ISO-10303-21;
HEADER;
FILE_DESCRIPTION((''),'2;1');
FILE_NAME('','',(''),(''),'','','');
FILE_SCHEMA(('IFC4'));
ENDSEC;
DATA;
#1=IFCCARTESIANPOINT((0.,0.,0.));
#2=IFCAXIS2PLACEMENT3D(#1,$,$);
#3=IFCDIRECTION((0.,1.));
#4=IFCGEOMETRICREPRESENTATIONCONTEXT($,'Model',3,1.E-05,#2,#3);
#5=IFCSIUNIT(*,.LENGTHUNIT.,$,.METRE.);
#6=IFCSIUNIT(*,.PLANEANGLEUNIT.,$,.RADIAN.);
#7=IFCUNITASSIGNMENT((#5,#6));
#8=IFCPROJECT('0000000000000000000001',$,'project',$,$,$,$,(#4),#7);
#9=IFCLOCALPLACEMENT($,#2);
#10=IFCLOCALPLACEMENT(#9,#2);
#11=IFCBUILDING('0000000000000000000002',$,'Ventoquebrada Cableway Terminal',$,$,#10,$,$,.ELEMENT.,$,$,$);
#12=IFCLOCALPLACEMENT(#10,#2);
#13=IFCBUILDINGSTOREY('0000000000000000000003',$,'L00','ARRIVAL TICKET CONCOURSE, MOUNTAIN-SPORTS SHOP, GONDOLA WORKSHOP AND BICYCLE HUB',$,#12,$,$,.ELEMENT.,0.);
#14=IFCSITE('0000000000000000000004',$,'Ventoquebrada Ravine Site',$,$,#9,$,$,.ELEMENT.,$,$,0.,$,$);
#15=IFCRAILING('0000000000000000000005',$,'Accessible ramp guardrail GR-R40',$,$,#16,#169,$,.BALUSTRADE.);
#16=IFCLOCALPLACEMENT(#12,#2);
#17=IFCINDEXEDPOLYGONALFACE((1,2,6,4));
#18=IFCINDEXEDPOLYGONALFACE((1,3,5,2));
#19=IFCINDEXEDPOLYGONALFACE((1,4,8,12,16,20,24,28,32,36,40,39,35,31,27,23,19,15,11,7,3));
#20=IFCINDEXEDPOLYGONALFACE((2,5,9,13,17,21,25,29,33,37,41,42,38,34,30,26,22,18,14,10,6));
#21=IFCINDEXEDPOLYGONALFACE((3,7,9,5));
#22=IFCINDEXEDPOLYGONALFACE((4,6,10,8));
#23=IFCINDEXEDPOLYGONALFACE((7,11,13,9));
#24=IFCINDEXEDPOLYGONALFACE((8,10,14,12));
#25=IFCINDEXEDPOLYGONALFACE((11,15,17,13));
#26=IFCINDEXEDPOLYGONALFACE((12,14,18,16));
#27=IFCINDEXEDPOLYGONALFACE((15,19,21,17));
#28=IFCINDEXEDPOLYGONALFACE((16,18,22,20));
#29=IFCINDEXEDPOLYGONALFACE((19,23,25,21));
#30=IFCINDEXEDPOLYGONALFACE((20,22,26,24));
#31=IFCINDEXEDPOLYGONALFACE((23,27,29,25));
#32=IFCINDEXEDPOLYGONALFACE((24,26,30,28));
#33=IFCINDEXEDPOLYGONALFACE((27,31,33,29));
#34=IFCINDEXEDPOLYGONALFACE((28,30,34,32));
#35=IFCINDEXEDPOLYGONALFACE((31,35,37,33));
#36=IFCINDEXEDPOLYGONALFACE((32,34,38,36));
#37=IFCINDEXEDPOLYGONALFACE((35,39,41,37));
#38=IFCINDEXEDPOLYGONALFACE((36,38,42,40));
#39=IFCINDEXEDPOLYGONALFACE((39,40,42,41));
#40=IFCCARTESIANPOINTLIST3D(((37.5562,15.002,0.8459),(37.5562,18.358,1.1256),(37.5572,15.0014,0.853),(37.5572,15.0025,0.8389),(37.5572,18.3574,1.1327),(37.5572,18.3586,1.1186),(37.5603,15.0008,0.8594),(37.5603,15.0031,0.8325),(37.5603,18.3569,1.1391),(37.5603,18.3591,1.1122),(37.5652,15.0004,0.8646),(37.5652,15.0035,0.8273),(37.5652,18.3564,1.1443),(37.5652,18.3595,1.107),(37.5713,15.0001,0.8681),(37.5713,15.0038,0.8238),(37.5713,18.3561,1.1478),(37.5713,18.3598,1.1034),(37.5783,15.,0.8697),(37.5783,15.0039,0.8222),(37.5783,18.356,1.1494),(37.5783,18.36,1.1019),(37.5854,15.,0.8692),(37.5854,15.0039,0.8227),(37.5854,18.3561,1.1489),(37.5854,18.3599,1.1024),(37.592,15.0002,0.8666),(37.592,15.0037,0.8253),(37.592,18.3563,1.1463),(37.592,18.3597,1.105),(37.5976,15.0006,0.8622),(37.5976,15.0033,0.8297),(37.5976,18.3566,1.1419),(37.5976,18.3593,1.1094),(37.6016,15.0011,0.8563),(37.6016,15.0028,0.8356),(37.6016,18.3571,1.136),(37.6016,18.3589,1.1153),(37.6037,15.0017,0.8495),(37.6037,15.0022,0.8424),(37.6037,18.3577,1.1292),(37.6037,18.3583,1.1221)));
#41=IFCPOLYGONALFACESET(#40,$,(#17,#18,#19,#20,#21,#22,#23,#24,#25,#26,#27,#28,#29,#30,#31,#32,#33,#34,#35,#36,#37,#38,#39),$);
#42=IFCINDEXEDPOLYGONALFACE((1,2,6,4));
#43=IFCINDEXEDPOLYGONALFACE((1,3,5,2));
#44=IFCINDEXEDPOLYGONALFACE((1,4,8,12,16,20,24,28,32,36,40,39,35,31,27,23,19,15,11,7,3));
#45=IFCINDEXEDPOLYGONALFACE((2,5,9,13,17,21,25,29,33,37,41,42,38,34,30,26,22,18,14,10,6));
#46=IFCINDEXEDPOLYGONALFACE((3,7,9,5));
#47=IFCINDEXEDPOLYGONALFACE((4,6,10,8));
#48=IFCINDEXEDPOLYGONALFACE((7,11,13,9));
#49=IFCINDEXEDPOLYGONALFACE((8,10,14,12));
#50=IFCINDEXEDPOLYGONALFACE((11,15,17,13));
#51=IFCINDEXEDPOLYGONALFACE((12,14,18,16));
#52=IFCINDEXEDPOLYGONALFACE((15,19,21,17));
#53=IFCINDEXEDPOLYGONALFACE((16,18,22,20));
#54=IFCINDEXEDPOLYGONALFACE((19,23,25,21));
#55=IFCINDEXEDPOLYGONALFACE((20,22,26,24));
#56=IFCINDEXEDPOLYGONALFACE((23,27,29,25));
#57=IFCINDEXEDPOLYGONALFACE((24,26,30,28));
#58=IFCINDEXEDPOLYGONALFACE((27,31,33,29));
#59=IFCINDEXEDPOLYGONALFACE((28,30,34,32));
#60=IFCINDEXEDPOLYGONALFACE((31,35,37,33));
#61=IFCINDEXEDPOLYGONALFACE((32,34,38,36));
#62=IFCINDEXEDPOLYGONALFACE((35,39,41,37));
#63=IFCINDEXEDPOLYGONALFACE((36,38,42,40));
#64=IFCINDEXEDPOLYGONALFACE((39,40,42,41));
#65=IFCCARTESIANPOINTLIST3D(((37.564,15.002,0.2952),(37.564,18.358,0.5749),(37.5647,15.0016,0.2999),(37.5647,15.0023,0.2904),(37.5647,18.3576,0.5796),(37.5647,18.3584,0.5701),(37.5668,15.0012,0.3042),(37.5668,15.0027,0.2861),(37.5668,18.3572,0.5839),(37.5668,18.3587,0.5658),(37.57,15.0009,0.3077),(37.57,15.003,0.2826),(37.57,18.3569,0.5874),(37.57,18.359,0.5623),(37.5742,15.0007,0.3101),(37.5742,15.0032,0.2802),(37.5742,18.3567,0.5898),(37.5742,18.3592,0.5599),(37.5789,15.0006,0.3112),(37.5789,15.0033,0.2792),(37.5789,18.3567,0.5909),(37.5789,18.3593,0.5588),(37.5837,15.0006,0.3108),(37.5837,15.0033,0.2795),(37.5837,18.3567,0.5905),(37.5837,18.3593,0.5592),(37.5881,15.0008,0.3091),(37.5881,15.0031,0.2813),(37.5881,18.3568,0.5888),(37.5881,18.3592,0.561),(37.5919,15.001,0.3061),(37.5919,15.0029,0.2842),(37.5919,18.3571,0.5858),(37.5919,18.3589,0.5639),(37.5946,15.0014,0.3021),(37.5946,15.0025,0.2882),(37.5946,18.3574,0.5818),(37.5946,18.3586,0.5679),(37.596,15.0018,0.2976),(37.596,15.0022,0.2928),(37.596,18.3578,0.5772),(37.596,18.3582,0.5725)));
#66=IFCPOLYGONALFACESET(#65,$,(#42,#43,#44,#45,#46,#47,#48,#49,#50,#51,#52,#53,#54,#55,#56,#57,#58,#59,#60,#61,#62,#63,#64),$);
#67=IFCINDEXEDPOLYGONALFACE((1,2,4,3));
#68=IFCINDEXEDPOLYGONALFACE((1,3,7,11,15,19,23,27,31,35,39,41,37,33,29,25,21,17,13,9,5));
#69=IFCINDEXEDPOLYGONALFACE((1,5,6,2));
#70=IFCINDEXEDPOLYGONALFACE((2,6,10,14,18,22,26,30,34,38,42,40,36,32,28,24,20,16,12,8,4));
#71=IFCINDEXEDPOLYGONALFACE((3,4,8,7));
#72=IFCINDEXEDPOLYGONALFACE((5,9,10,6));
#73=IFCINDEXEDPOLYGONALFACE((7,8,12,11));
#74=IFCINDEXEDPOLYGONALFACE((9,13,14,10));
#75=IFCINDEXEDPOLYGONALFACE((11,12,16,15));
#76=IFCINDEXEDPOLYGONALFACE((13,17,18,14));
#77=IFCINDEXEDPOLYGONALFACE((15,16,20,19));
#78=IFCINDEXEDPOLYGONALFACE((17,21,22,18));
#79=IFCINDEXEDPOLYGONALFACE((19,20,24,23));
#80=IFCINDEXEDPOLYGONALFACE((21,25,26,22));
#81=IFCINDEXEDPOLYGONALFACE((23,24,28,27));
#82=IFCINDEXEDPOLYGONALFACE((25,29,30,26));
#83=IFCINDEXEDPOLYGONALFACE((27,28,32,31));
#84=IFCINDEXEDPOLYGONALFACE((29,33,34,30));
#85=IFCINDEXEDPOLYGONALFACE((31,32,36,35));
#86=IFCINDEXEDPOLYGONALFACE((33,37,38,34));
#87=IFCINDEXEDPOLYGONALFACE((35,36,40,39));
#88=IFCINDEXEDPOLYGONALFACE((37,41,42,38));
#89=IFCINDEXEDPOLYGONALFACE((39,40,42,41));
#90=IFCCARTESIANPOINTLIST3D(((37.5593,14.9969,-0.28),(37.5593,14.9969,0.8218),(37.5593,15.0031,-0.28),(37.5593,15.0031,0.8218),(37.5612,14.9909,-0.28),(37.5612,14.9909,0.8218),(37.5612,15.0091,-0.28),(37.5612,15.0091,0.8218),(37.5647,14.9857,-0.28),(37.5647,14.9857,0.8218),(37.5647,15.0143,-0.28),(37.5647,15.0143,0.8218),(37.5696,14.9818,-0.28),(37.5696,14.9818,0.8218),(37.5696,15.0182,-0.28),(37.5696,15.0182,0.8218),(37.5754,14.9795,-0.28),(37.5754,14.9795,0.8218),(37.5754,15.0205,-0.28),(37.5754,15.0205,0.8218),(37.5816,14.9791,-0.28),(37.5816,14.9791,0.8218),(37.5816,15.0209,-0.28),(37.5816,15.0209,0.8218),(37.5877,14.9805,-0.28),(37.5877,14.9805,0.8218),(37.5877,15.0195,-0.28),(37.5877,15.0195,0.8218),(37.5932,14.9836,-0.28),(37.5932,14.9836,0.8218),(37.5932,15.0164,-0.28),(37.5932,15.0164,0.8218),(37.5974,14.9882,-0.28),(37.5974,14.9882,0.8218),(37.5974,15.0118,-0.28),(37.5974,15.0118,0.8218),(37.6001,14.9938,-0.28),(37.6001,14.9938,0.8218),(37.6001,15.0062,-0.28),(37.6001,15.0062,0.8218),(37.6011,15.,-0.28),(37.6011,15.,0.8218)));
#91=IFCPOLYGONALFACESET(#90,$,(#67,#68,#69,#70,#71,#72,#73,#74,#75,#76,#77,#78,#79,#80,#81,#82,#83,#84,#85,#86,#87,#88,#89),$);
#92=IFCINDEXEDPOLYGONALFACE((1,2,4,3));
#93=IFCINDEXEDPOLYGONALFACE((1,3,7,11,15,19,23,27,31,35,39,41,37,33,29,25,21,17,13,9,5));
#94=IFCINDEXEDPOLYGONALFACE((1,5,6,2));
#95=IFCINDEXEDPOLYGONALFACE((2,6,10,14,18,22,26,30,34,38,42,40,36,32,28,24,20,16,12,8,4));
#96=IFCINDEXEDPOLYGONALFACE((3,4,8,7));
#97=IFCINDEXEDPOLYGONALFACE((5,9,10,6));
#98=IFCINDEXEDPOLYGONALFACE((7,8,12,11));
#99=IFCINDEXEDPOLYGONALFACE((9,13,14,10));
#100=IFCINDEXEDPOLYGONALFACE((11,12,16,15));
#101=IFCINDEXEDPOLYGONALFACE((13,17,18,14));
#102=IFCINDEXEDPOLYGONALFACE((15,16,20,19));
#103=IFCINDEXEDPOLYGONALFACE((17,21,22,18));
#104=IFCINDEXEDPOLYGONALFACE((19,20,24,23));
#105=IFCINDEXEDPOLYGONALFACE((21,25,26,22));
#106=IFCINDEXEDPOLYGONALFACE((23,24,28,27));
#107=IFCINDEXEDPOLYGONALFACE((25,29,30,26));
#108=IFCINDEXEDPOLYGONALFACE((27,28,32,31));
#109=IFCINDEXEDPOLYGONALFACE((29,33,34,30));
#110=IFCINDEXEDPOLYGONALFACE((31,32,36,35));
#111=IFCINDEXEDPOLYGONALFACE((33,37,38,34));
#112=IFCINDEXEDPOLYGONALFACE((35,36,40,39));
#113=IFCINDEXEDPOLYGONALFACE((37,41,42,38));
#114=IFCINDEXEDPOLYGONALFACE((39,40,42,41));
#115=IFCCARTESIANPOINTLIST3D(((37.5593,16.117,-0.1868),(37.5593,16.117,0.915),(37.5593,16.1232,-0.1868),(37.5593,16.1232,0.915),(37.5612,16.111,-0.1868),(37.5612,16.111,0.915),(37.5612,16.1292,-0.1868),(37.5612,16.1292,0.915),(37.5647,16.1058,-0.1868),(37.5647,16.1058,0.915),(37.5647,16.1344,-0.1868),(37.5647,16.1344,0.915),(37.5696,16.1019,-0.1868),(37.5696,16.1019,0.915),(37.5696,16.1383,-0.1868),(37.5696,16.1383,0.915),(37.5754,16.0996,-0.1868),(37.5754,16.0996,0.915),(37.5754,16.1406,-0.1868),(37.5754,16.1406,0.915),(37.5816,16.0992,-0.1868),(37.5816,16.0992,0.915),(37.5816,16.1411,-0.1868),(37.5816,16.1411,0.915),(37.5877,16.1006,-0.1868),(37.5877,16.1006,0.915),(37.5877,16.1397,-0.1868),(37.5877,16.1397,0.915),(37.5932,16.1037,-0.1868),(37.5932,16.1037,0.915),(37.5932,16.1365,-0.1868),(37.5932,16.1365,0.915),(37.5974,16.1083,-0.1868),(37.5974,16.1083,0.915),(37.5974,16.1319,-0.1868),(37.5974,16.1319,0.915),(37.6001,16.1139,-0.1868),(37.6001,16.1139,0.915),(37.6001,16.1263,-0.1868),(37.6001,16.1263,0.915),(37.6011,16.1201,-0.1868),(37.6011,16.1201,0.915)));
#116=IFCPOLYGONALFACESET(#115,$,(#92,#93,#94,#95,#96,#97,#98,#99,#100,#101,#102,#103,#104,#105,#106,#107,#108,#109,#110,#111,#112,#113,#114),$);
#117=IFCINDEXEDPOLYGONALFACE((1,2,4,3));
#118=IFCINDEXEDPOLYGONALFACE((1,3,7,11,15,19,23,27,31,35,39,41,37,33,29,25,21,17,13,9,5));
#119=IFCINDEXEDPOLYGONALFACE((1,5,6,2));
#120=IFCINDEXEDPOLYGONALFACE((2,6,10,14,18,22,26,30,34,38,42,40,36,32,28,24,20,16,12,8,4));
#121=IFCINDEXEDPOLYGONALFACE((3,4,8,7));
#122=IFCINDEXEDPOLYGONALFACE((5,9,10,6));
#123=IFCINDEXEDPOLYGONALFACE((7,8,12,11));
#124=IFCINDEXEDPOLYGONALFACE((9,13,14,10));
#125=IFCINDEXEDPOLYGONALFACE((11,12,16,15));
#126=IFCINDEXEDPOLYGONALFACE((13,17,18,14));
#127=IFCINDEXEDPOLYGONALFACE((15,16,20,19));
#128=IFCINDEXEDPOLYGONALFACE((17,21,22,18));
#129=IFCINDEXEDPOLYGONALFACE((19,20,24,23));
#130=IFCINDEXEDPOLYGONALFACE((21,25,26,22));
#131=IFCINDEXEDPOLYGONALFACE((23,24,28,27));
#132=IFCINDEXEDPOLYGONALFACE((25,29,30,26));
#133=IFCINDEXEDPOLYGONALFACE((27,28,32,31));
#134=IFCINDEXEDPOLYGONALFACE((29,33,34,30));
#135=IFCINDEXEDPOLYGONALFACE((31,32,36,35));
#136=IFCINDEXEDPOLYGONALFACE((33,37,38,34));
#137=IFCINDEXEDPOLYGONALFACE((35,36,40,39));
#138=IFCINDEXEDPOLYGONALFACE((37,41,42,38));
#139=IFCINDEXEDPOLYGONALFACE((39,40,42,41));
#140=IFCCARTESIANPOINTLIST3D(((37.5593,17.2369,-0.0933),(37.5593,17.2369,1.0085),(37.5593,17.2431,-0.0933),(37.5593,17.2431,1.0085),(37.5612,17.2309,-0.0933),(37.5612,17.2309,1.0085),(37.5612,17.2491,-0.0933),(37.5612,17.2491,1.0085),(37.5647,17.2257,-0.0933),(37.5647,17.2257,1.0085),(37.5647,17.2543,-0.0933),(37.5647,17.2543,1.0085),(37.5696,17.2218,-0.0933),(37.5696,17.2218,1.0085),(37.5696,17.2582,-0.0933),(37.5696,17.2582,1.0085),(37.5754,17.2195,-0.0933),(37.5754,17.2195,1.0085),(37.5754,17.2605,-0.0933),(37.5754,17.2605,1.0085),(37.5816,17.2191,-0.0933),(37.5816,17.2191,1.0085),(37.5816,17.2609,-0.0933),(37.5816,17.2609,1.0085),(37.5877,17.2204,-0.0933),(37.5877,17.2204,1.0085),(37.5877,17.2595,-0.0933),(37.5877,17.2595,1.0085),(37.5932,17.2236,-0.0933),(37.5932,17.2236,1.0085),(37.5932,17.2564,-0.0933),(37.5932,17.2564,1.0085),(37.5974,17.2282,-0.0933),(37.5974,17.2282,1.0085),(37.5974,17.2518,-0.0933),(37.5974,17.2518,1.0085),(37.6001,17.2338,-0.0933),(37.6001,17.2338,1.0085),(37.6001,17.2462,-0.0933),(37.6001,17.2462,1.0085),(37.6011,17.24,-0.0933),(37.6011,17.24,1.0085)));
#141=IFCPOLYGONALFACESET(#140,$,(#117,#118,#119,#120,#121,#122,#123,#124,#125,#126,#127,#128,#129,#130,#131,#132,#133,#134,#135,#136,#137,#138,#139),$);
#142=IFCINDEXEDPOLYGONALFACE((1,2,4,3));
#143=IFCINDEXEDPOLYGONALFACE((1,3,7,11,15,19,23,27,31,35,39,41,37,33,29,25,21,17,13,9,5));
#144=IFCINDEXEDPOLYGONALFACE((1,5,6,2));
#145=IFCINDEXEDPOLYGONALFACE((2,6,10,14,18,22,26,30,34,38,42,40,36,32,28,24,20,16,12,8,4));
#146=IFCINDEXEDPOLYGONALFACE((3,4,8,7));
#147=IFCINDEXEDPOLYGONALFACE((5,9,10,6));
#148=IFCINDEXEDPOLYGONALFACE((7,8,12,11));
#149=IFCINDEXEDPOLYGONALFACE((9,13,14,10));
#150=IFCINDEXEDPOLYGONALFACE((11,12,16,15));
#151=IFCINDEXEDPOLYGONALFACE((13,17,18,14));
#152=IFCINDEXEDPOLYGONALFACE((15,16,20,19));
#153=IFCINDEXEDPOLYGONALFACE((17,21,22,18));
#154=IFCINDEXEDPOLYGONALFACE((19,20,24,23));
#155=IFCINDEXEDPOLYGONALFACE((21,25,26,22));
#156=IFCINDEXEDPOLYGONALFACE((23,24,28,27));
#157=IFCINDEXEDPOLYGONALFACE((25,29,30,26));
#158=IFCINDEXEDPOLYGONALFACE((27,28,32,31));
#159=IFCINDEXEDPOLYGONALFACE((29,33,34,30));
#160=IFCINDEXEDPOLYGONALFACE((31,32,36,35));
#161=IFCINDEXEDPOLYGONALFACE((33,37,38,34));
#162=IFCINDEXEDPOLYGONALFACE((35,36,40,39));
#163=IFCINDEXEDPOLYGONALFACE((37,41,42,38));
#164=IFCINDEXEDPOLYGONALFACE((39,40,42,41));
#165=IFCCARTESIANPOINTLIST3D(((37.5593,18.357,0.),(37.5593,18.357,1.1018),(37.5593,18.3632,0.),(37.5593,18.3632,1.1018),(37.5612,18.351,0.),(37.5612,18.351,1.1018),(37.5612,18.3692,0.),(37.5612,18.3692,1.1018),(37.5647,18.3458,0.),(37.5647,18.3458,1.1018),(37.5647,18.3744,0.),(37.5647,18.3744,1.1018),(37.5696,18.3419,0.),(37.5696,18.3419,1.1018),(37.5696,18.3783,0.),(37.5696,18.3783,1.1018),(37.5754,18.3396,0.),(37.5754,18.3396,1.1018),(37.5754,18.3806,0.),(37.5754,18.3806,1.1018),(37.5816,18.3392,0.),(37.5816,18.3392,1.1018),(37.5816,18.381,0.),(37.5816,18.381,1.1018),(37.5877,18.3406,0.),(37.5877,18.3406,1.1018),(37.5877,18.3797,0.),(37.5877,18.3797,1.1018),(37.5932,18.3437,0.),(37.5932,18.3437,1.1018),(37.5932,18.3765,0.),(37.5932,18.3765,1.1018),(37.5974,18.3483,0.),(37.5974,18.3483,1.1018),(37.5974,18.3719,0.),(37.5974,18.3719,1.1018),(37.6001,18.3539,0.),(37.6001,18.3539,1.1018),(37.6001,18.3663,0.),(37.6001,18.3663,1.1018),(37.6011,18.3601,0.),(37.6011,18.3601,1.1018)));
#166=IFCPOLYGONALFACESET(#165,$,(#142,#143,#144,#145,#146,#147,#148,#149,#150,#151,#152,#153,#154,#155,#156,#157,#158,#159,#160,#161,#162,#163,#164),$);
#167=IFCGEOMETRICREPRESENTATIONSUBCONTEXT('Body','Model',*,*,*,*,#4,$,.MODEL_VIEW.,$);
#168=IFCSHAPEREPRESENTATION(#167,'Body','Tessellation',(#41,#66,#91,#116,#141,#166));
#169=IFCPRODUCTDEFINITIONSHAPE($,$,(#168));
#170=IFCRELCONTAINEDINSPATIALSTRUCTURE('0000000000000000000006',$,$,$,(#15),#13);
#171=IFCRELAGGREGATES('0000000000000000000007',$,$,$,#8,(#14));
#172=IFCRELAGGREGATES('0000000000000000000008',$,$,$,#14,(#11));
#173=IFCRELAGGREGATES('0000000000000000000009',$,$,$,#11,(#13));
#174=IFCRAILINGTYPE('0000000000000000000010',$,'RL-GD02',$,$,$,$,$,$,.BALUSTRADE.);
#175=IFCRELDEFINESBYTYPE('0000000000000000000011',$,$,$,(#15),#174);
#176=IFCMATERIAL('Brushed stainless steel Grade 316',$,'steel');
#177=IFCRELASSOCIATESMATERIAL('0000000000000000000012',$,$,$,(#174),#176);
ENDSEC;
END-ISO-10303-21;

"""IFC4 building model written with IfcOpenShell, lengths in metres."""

from ifc_helpers import new_model, si_unit, direction, frame, origin, origin_2d, place, context, subcontext, project, spatial, circle, extrude, material, type_object, element, save


model = new_model("IFC4")

# Units and contexts
model_context = context("Model", 3, precision=1e-05, world=origin(), true_north=direction((0.0, 1.0)))
body_context = subcontext(model_context, "Body", "Model", "MODEL_VIEW")
ifc_project = project(units=[si_unit("LENGTHUNIT", "METRE"), si_unit("PLANEANGLEUNIT", "RADIAN")], contexts=[model_context])

# Site, building, storey
site_placement = place(None, origin())
site = spatial("IfcSite", under=ifc_project, at=site_placement, Name="Ventoquebrada Ravine Site", CompositionType="ELEMENT", RefElevation=0.0)
building_placement = place(site_placement, origin())
building = spatial("IfcBuilding", under=site, at=building_placement, Name="Ventoquebrada Cableway Terminal", CompositionType="ELEMENT")
storey_placement = place(building_placement, origin())
storey = spatial("IfcBuildingStorey", under=building, at=storey_placement, Name="L00", Description="ARRIVAL TICKET CONCOURSE, MOUNTAIN-SPORTS SHOP, GONDOLA WORKSHOP AND BICYCLE HUB", CompositionType="ELEMENT", Elevation=0.0)

# Railing
ifc_material_1 = material(Name="Brushed stainless steel Grade 316", Category="steel")
railing_type = type_object("IfcRailingType", Name="RL-GD02", PredefinedType="BALUSTRADE", material=ifc_material_1)
for number, where, name in (
    (1, (37.5801, 15.0, -0.28), "Accessible ramp guardrail GR-R40"),
):
    element("IfcRailing", number, at=place(storey_placement, frame(where)), inside=storey, type_object=railing_type, Name=name, PredefinedType="BALUSTRADE", context=body_context, shape_type="SweptSolid", body=[
        extrude(circle(Radius=0.0239, at=origin_2d()), frame((0.0, 0.002, 1.126), z_axis=(0.0, 0.996545, 0.083051), x_axis=(-1.0, 0.0, 0.0)), (0.0, 0.0, 1.0), 3.3677),
        extrude(circle(Radius=0.0161, at=origin_2d()), frame((0.0, 0.002, 0.5752), z_axis=(0.0, 0.996545, 0.083051), x_axis=(-1.0, 0.0, 0.0)), (0.0, 0.0, 1.0), 3.3677),
        extrude(circle(Radius=0.021, at=origin_2d()), origin(), (0.0, 0.0, 1.0), 1.1018),
        extrude(circle(Radius=0.021, at=origin_2d()), frame((0.0, 1.1201, 0.0933)), (0.0, 0.0, 1.0), 1.1018),
        extrude(circle(Radius=0.021, at=origin_2d()), frame((0.0, 2.24, 0.1868)), (0.0, 0.0, 1.0), 1.1018),
        extrude(circle(Radius=0.021, at=origin_2d()), frame((0.0, 3.3601, 0.28)), (0.0, 0.0, 1.0), 1.1018),
    ])

save(model, "model.ifc")
